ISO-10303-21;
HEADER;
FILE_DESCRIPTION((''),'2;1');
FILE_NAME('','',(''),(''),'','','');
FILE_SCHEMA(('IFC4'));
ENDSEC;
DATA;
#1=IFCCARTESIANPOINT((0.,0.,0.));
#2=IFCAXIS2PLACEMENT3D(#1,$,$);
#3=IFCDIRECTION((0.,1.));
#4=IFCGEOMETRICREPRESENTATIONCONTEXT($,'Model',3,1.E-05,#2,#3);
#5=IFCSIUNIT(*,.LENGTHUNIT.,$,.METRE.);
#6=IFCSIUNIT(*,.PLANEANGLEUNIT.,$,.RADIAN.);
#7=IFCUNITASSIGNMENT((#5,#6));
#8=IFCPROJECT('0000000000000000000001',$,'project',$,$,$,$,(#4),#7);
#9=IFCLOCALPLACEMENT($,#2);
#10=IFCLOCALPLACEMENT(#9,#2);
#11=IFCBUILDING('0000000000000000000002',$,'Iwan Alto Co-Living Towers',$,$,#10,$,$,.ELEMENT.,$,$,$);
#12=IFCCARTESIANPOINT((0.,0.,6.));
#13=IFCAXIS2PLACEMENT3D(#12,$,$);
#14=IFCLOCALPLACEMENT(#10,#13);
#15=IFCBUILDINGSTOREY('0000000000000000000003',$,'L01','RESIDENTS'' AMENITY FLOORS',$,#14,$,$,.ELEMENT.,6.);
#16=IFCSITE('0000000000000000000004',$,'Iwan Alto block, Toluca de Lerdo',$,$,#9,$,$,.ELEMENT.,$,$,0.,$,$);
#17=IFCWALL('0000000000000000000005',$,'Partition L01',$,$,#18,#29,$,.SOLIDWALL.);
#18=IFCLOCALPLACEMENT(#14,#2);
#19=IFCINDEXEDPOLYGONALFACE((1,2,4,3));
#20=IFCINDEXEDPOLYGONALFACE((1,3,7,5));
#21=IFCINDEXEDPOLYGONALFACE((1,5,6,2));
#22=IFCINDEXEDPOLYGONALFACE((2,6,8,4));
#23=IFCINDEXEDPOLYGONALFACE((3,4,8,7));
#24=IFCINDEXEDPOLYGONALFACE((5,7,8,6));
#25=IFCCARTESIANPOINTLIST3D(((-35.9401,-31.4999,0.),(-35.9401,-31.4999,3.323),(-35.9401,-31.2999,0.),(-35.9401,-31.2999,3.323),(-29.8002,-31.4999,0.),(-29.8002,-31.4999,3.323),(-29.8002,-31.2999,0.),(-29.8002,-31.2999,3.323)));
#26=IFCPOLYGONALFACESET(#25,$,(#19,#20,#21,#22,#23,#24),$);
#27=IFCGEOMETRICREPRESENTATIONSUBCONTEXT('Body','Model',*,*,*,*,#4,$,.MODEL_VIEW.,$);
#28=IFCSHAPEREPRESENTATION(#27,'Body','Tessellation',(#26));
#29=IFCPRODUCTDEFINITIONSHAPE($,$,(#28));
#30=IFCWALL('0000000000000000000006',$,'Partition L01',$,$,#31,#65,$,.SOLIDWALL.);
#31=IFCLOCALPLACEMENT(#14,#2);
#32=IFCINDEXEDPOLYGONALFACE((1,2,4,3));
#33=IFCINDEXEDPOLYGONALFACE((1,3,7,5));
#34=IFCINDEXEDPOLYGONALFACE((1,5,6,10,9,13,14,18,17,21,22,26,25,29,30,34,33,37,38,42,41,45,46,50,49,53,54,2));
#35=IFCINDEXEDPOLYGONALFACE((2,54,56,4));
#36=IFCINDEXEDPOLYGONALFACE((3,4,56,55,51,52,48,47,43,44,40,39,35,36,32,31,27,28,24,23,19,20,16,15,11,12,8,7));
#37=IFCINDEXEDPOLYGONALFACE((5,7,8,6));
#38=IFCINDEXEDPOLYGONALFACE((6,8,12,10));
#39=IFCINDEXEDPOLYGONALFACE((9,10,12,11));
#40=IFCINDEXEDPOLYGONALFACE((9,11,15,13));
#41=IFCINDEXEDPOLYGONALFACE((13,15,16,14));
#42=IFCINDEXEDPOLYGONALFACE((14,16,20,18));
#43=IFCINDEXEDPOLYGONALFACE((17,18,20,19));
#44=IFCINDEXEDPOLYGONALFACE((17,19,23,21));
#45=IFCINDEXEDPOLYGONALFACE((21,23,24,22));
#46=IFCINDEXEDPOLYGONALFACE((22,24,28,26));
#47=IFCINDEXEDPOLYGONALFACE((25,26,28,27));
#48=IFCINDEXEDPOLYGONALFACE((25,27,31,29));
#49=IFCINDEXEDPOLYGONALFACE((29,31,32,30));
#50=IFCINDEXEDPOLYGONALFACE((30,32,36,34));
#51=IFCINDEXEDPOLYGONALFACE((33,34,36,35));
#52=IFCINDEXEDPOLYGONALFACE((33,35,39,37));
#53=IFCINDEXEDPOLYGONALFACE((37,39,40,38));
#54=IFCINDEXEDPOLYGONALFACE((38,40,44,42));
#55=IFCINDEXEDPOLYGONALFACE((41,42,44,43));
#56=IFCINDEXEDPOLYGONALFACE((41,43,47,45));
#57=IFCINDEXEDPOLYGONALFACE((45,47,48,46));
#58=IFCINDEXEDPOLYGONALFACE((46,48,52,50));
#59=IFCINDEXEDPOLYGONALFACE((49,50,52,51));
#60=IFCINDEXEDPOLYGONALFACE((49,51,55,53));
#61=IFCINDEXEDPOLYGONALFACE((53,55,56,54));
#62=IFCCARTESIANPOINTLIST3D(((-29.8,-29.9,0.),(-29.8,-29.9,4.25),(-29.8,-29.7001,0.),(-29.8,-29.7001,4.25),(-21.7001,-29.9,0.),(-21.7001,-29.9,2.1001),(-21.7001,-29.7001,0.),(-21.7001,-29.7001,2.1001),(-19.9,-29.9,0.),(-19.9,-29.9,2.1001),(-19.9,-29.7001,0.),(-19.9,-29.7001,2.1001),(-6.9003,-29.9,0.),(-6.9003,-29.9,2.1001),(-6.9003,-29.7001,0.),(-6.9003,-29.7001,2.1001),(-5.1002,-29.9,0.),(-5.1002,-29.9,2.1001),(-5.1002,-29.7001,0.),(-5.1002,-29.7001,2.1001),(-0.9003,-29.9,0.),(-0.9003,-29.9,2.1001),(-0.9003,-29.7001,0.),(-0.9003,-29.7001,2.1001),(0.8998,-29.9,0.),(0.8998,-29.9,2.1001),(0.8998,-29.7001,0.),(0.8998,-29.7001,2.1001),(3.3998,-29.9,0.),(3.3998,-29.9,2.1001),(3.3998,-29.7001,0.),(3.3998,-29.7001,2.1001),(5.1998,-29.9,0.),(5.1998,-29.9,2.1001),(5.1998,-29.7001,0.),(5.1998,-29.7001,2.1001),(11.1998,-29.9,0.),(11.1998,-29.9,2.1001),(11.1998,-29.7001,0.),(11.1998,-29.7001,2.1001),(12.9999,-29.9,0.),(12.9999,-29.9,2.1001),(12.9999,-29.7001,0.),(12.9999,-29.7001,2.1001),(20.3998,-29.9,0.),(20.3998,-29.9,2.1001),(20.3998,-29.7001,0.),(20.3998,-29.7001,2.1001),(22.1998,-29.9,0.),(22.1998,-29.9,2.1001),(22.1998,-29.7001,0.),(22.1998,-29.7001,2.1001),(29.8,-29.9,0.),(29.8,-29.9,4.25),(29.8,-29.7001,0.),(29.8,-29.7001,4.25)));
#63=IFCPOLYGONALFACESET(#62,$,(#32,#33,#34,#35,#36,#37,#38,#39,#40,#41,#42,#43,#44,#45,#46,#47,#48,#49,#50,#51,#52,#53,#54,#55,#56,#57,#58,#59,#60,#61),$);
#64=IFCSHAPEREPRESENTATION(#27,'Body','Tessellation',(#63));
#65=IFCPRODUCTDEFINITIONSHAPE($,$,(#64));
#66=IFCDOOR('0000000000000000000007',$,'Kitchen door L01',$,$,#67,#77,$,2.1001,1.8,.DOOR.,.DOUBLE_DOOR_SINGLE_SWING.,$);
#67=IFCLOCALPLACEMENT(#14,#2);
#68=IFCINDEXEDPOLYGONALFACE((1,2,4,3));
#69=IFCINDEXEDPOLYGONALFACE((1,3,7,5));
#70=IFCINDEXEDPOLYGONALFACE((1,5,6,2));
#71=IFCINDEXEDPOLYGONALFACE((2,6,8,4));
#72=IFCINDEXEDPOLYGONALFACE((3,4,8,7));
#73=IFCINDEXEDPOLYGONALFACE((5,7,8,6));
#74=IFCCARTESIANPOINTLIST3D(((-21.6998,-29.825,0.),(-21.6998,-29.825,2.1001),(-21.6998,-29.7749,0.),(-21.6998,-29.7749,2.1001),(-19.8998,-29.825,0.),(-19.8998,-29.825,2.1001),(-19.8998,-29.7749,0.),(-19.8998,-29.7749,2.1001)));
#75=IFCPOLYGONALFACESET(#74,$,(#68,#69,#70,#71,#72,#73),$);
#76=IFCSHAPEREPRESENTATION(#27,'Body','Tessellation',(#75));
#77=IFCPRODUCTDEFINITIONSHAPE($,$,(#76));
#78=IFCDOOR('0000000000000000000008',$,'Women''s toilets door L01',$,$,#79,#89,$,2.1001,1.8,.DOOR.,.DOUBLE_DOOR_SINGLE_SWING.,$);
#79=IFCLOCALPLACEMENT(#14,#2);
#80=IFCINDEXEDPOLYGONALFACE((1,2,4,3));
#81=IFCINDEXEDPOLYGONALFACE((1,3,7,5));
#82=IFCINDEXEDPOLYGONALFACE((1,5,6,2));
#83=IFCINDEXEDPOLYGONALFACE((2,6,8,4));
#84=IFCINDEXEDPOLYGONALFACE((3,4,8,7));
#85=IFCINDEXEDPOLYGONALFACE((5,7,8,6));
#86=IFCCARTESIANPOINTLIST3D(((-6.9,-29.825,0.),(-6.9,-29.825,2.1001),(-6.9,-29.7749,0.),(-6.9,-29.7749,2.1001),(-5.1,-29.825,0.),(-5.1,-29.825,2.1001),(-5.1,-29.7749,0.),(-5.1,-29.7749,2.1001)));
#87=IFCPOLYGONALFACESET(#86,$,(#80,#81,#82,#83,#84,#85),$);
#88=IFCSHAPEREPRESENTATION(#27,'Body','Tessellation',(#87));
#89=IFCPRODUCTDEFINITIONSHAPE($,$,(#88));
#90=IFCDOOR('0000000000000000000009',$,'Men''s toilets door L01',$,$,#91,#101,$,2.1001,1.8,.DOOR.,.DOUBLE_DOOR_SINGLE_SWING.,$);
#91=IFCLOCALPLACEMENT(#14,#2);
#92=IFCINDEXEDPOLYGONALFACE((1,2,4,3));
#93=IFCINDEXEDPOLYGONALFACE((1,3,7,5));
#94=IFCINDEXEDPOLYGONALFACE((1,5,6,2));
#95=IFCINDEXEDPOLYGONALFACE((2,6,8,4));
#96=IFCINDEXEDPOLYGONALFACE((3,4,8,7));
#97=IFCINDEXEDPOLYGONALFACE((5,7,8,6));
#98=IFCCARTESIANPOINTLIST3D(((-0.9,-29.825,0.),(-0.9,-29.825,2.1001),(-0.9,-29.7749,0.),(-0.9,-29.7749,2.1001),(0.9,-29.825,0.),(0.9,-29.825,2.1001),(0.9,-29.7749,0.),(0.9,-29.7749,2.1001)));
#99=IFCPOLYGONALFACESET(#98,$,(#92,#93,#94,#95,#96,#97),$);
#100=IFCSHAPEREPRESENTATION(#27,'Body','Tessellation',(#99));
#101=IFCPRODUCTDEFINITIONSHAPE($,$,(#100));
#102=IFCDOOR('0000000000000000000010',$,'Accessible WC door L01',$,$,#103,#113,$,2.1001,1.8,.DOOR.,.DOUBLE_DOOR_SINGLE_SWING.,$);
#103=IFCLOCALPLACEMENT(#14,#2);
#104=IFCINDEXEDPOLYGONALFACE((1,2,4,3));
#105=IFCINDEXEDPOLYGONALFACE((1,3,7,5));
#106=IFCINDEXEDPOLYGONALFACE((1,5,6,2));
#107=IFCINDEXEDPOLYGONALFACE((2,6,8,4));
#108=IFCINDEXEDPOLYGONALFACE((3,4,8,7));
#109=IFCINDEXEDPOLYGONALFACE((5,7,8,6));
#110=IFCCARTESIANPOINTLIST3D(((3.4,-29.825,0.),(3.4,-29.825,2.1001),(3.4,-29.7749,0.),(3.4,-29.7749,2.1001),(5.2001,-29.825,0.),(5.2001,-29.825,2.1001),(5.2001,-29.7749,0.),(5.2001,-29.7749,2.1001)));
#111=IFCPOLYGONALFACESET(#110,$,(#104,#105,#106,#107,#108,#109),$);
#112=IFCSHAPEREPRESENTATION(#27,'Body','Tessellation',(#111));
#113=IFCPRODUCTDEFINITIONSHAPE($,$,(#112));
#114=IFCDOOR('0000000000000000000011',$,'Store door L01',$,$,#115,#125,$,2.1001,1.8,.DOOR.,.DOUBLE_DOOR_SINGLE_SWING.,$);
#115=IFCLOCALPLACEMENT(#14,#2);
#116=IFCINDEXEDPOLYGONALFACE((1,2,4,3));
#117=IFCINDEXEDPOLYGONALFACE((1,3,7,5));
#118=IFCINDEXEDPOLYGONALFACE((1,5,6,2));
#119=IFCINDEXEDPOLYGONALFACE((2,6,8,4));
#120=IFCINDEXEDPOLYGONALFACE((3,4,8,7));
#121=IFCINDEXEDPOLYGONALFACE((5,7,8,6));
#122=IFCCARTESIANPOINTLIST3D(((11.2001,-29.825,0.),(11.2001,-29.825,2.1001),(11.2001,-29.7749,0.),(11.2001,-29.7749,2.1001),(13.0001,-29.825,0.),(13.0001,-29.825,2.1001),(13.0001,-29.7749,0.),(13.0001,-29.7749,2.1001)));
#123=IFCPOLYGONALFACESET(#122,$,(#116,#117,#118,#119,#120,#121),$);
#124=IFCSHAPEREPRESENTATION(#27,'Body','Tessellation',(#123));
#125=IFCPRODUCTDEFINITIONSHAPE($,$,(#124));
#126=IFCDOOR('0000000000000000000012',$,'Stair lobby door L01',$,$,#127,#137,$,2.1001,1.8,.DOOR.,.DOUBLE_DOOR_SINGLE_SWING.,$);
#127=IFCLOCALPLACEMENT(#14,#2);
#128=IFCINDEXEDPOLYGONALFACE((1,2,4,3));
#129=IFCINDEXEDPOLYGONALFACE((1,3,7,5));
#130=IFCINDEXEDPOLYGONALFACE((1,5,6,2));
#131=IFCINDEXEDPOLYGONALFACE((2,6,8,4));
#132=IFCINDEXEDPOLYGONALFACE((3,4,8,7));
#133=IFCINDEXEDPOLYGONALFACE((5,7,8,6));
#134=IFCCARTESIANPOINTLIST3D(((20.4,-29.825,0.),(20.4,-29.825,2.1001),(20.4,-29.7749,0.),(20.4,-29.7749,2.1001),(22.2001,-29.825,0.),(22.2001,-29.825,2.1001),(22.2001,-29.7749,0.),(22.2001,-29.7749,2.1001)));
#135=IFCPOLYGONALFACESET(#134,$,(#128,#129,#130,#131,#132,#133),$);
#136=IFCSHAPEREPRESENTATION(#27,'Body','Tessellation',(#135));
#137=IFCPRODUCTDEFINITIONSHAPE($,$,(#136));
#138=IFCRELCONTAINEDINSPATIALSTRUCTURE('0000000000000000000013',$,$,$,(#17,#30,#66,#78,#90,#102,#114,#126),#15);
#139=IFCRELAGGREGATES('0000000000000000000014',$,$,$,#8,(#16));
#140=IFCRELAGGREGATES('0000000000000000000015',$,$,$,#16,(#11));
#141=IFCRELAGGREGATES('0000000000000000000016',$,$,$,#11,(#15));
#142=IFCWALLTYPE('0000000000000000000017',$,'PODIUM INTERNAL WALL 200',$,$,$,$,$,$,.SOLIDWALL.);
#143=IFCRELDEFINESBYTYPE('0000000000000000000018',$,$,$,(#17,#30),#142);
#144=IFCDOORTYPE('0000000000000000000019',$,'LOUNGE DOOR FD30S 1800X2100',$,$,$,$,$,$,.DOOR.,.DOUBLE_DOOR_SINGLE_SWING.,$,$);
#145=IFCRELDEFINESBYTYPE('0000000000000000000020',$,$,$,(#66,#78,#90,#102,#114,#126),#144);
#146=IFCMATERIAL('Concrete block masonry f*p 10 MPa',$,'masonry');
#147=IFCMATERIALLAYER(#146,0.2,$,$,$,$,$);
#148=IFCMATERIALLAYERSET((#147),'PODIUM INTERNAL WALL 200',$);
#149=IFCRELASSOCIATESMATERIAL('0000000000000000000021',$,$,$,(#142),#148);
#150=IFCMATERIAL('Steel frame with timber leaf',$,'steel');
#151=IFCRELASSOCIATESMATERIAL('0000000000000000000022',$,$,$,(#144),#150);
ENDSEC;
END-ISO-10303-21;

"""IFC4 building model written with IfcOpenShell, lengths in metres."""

from ifc_helpers import new_model, si_unit, direction, frame, frame_2d, origin, place, context, subcontext, project, spatial, rectangle, extrude, material, layer, layer_set, type_object, element, fill, save


model = new_model("IFC4")

# Units and contexts
model_context = context("Model", 3, precision=1e-05, world=origin(), true_north=direction((0.0, 1.0)))
body_context = subcontext(model_context, "Body", "Model", "MODEL_VIEW")
ifc_project = project(units=[si_unit("LENGTHUNIT", "METRE"), si_unit("PLANEANGLEUNIT", "RADIAN")], contexts=[model_context])

# Site, building, storey
site_placement = place(None, origin())
site = spatial("IfcSite", under=ifc_project, at=site_placement, Name="Iwan Alto block, Toluca de Lerdo", CompositionType="ELEMENT", RefElevation=0.0)
building_placement = place(site_placement, origin())
building = spatial("IfcBuilding", under=site, at=building_placement, Name="Iwan Alto Co-Living Towers", CompositionType="ELEMENT")
storey_placement = place(building_placement, frame((0.0, 0.0, 6.0)))
storey = spatial("IfcBuildingStorey", under=building, at=storey_placement, Name="L01", Description="RESIDENTS' AMENITY FLOORS", CompositionType="ELEMENT", Elevation=6.0)

# Wall
ifc_material_1 = material(Name="Concrete block masonry f*p 10 MPa", Category="masonry")
ifc_layer = layer(ifc_material_1, 0.2)
ifc_layer_set = layer_set([ifc_layer], Name="PODIUM INTERNAL WALL 200")
wall_type = type_object("IfcWallType", Name="PODIUM INTERNAL WALL 200", PredefinedType="SOLIDWALL", material=ifc_layer_set)
wall_1_placement = place(storey_placement, frame((-35.9399, -31.3999, 0.0), z_axis=(0.0, 0.0, 1.0), x_axis=(1.0, 0.0, 0.0)))
element("IfcWall", 1, at=wall_1_placement, inside=storey, type_object=wall_type, Name="Partition L01", PredefinedType="SOLIDWALL", context=body_context, shape_type="SweptSolid", body=[
    extrude(rectangle(XDim=6.1399, YDim=0.2, at=frame_2d((3.0698, 0.0))), origin(), (0.0, 0.0, 1.0), 3.323),
])

# Wall, openings, doors
wall_2_placement = place(storey_placement, frame((-29.8, -29.8, 0.0), z_axis=(0.0, 0.0, 1.0), x_axis=(1.0, 0.0, 0.0)))
wall_2 = element("IfcWall", 2, at=wall_2_placement, inside=storey, type_object=wall_type, Name="Partition L01", PredefinedType="SOLIDWALL", context=body_context, shape_type="SweptSolid", body=[
    extrude(rectangle(XDim=59.6001, YDim=0.2, at=frame_2d((29.8, 0.0))), origin(), (0.0, 0.0, 1.0), 4.25),
])
opening_1_placement = place(wall_2_placement, frame((8.1001, 0.0, 0.0)))
opening_1 = element("IfcOpeningElement", 3, at=opening_1_placement, cuts=wall_2, PredefinedType="OPENING", context=body_context, shape_type="SweptSolid", body=[
    extrude(rectangle(XDim=1.8, YDim=2.1001, at=frame_2d((0.8999, 1.05))), frame((0.0, 0.1099, 0.0), z_axis=(0.0, -1.0, 0.0), x_axis=(1.0, 0.0, 0.0)), (0.0, 0.0, 1.0), 0.22),
])
opening_2_placement = place(wall_2_placement, frame((22.8999, 0.0, 0.0)))
opening_2 = element("IfcOpeningElement", 4, at=opening_2_placement, cuts=wall_2, PredefinedType="OPENING", context=body_context, shape_type="SweptSolid", body=[
    extrude(rectangle(XDim=1.8, YDim=2.1001, at=frame_2d((0.8999, 1.05))), frame((0.0, 0.1099, 0.0), z_axis=(0.0, -1.0, 0.0), x_axis=(1.0, 0.0, 0.0)), (0.0, 0.0, 1.0), 0.22),
])
opening_3_placement = place(wall_2_placement, frame((28.8999, 0.0, 0.0)))
opening_3 = element("IfcOpeningElement", 5, at=opening_3_placement, cuts=wall_2, PredefinedType="OPENING", context=body_context, shape_type="SweptSolid", body=[
    extrude(rectangle(XDim=1.8, YDim=2.1001, at=frame_2d((0.8999, 1.05))), frame((0.0, 0.1099, 0.0), z_axis=(0.0, -1.0, 0.0), x_axis=(1.0, 0.0, 0.0)), (0.0, 0.0, 1.0), 0.22),
])
opening_4_placement = place(wall_2_placement, frame((33.2, 0.0, 0.0)))
opening_4 = element("IfcOpeningElement", 6, at=opening_4_placement, cuts=wall_2, PredefinedType="OPENING", context=body_context, shape_type="SweptSolid", body=[
    extrude(rectangle(XDim=1.8, YDim=2.1001, at=frame_2d((0.8999, 1.05))), frame((0.0, 0.1099, 0.0), z_axis=(0.0, -1.0, 0.0), x_axis=(1.0, 0.0, 0.0)), (0.0, 0.0, 1.0), 0.22),
])
opening_5_placement = place(wall_2_placement, frame((41.0, 0.0, 0.0)))
opening_5 = element("IfcOpeningElement", 7, at=opening_5_placement, cuts=wall_2, PredefinedType="OPENING", context=body_context, shape_type="SweptSolid", body=[
    extrude(rectangle(XDim=1.8, YDim=2.1001, at=frame_2d((0.8999, 1.05))), frame((0.0, 0.1099, 0.0), z_axis=(0.0, -1.0, 0.0), x_axis=(1.0, 0.0, 0.0)), (0.0, 0.0, 1.0), 0.22),
])
opening_6_placement = place(wall_2_placement, frame((50.2, 0.0, 0.0)))
opening_6 = element("IfcOpeningElement", 8, at=opening_6_placement, cuts=wall_2, PredefinedType="OPENING", context=body_context, shape_type="SweptSolid", body=[
    extrude(rectangle(XDim=1.8, YDim=2.1001, at=frame_2d((0.8999, 1.05))), frame((0.0, 0.1099, 0.0), z_axis=(0.0, -1.0, 0.0), x_axis=(1.0, 0.0, 0.0)), (0.0, 0.0, 1.0), 0.22),
])
ifc_material_2 = material(Name="Steel frame with timber leaf", Category="steel")
door_type = type_object("IfcDoorType", Name="LOUNGE DOOR FD30S 1800X2100", OperationType="DOUBLE_DOOR_SINGLE_SWING", PredefinedType="DOOR", material=ifc_material_2)
door_1_placement = place(opening_1_placement, frame((1.8, 0.0, 0.0), z_axis=(0.0, 0.0, 1.0), x_axis=(-1.0, 0.0, 0.0)))
door_1 = element("IfcDoor", 9, at=door_1_placement, inside=storey, type_object=door_type, Name="Kitchen door L01", OperationType="DOUBLE_DOOR_SINGLE_SWING", OverallHeight=2.1001, OverallWidth=1.8, PredefinedType="DOOR", context=body_context, shape_type="SweptSolid", body=[
    extrude(rectangle(XDim=1.8, YDim=2.1001, at=frame_2d((0.8999, 1.05))), frame((0.0, 0.0249, 0.0), z_axis=(0.0, -1.0, 0.0), x_axis=(1.0, 0.0, 0.0)), (0.0, 0.0, 1.0), 0.05),
])
fill(opening_1, door_1)
door_2_placement = place(opening_2_placement, frame((1.8, 0.0, 0.0), z_axis=(0.0, 0.0, 1.0), x_axis=(-1.0, 0.0, 0.0)))
door_2 = element("IfcDoor", 10, at=door_2_placement, inside=storey, type_object=door_type, Name="Women's toilets door L01", OperationType="DOUBLE_DOOR_SINGLE_SWING", OverallHeight=2.1001, OverallWidth=1.8, PredefinedType="DOOR", context=body_context, shape_type="SweptSolid", body=[
    extrude(rectangle(XDim=1.8, YDim=2.1001, at=frame_2d((0.8999, 1.05))), frame((0.0, 0.0249, 0.0), z_axis=(0.0, -1.0, 0.0), x_axis=(1.0, 0.0, 0.0)), (0.0, 0.0, 1.0), 0.05),
])
fill(opening_2, door_2)
door_3_placement = place(opening_3_placement, frame((1.8, 0.0, 0.0), z_axis=(0.0, 0.0, 1.0), x_axis=(-1.0, 0.0, 0.0)))
door_3 = element("IfcDoor", 11, at=door_3_placement, inside=storey, type_object=door_type, Name="Men's toilets door L01", OperationType="DOUBLE_DOOR_SINGLE_SWING", OverallHeight=2.1001, OverallWidth=1.8, PredefinedType="DOOR", context=body_context, shape_type="SweptSolid", body=[
    extrude(rectangle(XDim=1.8, YDim=2.1001, at=frame_2d((0.8999, 1.05))), frame((0.0, 0.0249, 0.0), z_axis=(0.0, -1.0, 0.0), x_axis=(1.0, 0.0, 0.0)), (0.0, 0.0, 1.0), 0.05),
])
fill(opening_3, door_3)
door_4_placement = place(opening_4_placement, frame((1.8, 0.0, 0.0), z_axis=(0.0, 0.0, 1.0), x_axis=(-1.0, 0.0, 0.0)))
door_4 = element("IfcDoor", 12, at=door_4_placement, inside=storey, type_object=door_type, Name="Accessible WC door L01", OperationType="DOUBLE_DOOR_SINGLE_SWING", OverallHeight=2.1001, OverallWidth=1.8, PredefinedType="DOOR", context=body_context, shape_type="SweptSolid", body=[
    extrude(rectangle(XDim=1.8, YDim=2.1001, at=frame_2d((0.8999, 1.05))), frame((0.0, 0.0249, 0.0), z_axis=(0.0, -1.0, 0.0), x_axis=(1.0, 0.0, 0.0)), (0.0, 0.0, 1.0), 0.05),
])
fill(opening_4, door_4)
door_5_placement = place(opening_5_placement, frame((1.8, 0.0, 0.0), z_axis=(0.0, 0.0, 1.0), x_axis=(-1.0, 0.0, 0.0)))
door_5 = element("IfcDoor", 13, at=door_5_placement, inside=storey, type_object=door_type, Name="Store door L01", OperationType="DOUBLE_DOOR_SINGLE_SWING", OverallHeight=2.1001, OverallWidth=1.8, PredefinedType="DOOR", context=body_context, shape_type="SweptSolid", body=[
    extrude(rectangle(XDim=1.8, YDim=2.1001, at=frame_2d((0.8999, 1.05))), frame((0.0, 0.0249, 0.0), z_axis=(0.0, -1.0, 0.0), x_axis=(1.0, 0.0, 0.0)), (0.0, 0.0, 1.0), 0.05),
])
fill(opening_5, door_5)
door_6_placement = place(opening_6_placement, frame((1.8, 0.0, 0.0), z_axis=(0.0, 0.0, 1.0), x_axis=(-1.0, 0.0, 0.0)))
door_6 = element("IfcDoor", 14, at=door_6_placement, inside=storey, type_object=door_type, Name="Stair lobby door L01", OperationType="DOUBLE_DOOR_SINGLE_SWING", OverallHeight=2.1001, OverallWidth=1.8, PredefinedType="DOOR", context=body_context, shape_type="SweptSolid", body=[
    extrude(rectangle(XDim=1.8, YDim=2.1001, at=frame_2d((0.8999, 1.05))), frame((0.0, 0.0249, 0.0), z_axis=(0.0, -1.0, 0.0), x_axis=(1.0, 0.0, 0.0)), (0.0, 0.0, 1.0), 0.05),
])
fill(opening_6, door_6)

save(model, "model.ifc")
